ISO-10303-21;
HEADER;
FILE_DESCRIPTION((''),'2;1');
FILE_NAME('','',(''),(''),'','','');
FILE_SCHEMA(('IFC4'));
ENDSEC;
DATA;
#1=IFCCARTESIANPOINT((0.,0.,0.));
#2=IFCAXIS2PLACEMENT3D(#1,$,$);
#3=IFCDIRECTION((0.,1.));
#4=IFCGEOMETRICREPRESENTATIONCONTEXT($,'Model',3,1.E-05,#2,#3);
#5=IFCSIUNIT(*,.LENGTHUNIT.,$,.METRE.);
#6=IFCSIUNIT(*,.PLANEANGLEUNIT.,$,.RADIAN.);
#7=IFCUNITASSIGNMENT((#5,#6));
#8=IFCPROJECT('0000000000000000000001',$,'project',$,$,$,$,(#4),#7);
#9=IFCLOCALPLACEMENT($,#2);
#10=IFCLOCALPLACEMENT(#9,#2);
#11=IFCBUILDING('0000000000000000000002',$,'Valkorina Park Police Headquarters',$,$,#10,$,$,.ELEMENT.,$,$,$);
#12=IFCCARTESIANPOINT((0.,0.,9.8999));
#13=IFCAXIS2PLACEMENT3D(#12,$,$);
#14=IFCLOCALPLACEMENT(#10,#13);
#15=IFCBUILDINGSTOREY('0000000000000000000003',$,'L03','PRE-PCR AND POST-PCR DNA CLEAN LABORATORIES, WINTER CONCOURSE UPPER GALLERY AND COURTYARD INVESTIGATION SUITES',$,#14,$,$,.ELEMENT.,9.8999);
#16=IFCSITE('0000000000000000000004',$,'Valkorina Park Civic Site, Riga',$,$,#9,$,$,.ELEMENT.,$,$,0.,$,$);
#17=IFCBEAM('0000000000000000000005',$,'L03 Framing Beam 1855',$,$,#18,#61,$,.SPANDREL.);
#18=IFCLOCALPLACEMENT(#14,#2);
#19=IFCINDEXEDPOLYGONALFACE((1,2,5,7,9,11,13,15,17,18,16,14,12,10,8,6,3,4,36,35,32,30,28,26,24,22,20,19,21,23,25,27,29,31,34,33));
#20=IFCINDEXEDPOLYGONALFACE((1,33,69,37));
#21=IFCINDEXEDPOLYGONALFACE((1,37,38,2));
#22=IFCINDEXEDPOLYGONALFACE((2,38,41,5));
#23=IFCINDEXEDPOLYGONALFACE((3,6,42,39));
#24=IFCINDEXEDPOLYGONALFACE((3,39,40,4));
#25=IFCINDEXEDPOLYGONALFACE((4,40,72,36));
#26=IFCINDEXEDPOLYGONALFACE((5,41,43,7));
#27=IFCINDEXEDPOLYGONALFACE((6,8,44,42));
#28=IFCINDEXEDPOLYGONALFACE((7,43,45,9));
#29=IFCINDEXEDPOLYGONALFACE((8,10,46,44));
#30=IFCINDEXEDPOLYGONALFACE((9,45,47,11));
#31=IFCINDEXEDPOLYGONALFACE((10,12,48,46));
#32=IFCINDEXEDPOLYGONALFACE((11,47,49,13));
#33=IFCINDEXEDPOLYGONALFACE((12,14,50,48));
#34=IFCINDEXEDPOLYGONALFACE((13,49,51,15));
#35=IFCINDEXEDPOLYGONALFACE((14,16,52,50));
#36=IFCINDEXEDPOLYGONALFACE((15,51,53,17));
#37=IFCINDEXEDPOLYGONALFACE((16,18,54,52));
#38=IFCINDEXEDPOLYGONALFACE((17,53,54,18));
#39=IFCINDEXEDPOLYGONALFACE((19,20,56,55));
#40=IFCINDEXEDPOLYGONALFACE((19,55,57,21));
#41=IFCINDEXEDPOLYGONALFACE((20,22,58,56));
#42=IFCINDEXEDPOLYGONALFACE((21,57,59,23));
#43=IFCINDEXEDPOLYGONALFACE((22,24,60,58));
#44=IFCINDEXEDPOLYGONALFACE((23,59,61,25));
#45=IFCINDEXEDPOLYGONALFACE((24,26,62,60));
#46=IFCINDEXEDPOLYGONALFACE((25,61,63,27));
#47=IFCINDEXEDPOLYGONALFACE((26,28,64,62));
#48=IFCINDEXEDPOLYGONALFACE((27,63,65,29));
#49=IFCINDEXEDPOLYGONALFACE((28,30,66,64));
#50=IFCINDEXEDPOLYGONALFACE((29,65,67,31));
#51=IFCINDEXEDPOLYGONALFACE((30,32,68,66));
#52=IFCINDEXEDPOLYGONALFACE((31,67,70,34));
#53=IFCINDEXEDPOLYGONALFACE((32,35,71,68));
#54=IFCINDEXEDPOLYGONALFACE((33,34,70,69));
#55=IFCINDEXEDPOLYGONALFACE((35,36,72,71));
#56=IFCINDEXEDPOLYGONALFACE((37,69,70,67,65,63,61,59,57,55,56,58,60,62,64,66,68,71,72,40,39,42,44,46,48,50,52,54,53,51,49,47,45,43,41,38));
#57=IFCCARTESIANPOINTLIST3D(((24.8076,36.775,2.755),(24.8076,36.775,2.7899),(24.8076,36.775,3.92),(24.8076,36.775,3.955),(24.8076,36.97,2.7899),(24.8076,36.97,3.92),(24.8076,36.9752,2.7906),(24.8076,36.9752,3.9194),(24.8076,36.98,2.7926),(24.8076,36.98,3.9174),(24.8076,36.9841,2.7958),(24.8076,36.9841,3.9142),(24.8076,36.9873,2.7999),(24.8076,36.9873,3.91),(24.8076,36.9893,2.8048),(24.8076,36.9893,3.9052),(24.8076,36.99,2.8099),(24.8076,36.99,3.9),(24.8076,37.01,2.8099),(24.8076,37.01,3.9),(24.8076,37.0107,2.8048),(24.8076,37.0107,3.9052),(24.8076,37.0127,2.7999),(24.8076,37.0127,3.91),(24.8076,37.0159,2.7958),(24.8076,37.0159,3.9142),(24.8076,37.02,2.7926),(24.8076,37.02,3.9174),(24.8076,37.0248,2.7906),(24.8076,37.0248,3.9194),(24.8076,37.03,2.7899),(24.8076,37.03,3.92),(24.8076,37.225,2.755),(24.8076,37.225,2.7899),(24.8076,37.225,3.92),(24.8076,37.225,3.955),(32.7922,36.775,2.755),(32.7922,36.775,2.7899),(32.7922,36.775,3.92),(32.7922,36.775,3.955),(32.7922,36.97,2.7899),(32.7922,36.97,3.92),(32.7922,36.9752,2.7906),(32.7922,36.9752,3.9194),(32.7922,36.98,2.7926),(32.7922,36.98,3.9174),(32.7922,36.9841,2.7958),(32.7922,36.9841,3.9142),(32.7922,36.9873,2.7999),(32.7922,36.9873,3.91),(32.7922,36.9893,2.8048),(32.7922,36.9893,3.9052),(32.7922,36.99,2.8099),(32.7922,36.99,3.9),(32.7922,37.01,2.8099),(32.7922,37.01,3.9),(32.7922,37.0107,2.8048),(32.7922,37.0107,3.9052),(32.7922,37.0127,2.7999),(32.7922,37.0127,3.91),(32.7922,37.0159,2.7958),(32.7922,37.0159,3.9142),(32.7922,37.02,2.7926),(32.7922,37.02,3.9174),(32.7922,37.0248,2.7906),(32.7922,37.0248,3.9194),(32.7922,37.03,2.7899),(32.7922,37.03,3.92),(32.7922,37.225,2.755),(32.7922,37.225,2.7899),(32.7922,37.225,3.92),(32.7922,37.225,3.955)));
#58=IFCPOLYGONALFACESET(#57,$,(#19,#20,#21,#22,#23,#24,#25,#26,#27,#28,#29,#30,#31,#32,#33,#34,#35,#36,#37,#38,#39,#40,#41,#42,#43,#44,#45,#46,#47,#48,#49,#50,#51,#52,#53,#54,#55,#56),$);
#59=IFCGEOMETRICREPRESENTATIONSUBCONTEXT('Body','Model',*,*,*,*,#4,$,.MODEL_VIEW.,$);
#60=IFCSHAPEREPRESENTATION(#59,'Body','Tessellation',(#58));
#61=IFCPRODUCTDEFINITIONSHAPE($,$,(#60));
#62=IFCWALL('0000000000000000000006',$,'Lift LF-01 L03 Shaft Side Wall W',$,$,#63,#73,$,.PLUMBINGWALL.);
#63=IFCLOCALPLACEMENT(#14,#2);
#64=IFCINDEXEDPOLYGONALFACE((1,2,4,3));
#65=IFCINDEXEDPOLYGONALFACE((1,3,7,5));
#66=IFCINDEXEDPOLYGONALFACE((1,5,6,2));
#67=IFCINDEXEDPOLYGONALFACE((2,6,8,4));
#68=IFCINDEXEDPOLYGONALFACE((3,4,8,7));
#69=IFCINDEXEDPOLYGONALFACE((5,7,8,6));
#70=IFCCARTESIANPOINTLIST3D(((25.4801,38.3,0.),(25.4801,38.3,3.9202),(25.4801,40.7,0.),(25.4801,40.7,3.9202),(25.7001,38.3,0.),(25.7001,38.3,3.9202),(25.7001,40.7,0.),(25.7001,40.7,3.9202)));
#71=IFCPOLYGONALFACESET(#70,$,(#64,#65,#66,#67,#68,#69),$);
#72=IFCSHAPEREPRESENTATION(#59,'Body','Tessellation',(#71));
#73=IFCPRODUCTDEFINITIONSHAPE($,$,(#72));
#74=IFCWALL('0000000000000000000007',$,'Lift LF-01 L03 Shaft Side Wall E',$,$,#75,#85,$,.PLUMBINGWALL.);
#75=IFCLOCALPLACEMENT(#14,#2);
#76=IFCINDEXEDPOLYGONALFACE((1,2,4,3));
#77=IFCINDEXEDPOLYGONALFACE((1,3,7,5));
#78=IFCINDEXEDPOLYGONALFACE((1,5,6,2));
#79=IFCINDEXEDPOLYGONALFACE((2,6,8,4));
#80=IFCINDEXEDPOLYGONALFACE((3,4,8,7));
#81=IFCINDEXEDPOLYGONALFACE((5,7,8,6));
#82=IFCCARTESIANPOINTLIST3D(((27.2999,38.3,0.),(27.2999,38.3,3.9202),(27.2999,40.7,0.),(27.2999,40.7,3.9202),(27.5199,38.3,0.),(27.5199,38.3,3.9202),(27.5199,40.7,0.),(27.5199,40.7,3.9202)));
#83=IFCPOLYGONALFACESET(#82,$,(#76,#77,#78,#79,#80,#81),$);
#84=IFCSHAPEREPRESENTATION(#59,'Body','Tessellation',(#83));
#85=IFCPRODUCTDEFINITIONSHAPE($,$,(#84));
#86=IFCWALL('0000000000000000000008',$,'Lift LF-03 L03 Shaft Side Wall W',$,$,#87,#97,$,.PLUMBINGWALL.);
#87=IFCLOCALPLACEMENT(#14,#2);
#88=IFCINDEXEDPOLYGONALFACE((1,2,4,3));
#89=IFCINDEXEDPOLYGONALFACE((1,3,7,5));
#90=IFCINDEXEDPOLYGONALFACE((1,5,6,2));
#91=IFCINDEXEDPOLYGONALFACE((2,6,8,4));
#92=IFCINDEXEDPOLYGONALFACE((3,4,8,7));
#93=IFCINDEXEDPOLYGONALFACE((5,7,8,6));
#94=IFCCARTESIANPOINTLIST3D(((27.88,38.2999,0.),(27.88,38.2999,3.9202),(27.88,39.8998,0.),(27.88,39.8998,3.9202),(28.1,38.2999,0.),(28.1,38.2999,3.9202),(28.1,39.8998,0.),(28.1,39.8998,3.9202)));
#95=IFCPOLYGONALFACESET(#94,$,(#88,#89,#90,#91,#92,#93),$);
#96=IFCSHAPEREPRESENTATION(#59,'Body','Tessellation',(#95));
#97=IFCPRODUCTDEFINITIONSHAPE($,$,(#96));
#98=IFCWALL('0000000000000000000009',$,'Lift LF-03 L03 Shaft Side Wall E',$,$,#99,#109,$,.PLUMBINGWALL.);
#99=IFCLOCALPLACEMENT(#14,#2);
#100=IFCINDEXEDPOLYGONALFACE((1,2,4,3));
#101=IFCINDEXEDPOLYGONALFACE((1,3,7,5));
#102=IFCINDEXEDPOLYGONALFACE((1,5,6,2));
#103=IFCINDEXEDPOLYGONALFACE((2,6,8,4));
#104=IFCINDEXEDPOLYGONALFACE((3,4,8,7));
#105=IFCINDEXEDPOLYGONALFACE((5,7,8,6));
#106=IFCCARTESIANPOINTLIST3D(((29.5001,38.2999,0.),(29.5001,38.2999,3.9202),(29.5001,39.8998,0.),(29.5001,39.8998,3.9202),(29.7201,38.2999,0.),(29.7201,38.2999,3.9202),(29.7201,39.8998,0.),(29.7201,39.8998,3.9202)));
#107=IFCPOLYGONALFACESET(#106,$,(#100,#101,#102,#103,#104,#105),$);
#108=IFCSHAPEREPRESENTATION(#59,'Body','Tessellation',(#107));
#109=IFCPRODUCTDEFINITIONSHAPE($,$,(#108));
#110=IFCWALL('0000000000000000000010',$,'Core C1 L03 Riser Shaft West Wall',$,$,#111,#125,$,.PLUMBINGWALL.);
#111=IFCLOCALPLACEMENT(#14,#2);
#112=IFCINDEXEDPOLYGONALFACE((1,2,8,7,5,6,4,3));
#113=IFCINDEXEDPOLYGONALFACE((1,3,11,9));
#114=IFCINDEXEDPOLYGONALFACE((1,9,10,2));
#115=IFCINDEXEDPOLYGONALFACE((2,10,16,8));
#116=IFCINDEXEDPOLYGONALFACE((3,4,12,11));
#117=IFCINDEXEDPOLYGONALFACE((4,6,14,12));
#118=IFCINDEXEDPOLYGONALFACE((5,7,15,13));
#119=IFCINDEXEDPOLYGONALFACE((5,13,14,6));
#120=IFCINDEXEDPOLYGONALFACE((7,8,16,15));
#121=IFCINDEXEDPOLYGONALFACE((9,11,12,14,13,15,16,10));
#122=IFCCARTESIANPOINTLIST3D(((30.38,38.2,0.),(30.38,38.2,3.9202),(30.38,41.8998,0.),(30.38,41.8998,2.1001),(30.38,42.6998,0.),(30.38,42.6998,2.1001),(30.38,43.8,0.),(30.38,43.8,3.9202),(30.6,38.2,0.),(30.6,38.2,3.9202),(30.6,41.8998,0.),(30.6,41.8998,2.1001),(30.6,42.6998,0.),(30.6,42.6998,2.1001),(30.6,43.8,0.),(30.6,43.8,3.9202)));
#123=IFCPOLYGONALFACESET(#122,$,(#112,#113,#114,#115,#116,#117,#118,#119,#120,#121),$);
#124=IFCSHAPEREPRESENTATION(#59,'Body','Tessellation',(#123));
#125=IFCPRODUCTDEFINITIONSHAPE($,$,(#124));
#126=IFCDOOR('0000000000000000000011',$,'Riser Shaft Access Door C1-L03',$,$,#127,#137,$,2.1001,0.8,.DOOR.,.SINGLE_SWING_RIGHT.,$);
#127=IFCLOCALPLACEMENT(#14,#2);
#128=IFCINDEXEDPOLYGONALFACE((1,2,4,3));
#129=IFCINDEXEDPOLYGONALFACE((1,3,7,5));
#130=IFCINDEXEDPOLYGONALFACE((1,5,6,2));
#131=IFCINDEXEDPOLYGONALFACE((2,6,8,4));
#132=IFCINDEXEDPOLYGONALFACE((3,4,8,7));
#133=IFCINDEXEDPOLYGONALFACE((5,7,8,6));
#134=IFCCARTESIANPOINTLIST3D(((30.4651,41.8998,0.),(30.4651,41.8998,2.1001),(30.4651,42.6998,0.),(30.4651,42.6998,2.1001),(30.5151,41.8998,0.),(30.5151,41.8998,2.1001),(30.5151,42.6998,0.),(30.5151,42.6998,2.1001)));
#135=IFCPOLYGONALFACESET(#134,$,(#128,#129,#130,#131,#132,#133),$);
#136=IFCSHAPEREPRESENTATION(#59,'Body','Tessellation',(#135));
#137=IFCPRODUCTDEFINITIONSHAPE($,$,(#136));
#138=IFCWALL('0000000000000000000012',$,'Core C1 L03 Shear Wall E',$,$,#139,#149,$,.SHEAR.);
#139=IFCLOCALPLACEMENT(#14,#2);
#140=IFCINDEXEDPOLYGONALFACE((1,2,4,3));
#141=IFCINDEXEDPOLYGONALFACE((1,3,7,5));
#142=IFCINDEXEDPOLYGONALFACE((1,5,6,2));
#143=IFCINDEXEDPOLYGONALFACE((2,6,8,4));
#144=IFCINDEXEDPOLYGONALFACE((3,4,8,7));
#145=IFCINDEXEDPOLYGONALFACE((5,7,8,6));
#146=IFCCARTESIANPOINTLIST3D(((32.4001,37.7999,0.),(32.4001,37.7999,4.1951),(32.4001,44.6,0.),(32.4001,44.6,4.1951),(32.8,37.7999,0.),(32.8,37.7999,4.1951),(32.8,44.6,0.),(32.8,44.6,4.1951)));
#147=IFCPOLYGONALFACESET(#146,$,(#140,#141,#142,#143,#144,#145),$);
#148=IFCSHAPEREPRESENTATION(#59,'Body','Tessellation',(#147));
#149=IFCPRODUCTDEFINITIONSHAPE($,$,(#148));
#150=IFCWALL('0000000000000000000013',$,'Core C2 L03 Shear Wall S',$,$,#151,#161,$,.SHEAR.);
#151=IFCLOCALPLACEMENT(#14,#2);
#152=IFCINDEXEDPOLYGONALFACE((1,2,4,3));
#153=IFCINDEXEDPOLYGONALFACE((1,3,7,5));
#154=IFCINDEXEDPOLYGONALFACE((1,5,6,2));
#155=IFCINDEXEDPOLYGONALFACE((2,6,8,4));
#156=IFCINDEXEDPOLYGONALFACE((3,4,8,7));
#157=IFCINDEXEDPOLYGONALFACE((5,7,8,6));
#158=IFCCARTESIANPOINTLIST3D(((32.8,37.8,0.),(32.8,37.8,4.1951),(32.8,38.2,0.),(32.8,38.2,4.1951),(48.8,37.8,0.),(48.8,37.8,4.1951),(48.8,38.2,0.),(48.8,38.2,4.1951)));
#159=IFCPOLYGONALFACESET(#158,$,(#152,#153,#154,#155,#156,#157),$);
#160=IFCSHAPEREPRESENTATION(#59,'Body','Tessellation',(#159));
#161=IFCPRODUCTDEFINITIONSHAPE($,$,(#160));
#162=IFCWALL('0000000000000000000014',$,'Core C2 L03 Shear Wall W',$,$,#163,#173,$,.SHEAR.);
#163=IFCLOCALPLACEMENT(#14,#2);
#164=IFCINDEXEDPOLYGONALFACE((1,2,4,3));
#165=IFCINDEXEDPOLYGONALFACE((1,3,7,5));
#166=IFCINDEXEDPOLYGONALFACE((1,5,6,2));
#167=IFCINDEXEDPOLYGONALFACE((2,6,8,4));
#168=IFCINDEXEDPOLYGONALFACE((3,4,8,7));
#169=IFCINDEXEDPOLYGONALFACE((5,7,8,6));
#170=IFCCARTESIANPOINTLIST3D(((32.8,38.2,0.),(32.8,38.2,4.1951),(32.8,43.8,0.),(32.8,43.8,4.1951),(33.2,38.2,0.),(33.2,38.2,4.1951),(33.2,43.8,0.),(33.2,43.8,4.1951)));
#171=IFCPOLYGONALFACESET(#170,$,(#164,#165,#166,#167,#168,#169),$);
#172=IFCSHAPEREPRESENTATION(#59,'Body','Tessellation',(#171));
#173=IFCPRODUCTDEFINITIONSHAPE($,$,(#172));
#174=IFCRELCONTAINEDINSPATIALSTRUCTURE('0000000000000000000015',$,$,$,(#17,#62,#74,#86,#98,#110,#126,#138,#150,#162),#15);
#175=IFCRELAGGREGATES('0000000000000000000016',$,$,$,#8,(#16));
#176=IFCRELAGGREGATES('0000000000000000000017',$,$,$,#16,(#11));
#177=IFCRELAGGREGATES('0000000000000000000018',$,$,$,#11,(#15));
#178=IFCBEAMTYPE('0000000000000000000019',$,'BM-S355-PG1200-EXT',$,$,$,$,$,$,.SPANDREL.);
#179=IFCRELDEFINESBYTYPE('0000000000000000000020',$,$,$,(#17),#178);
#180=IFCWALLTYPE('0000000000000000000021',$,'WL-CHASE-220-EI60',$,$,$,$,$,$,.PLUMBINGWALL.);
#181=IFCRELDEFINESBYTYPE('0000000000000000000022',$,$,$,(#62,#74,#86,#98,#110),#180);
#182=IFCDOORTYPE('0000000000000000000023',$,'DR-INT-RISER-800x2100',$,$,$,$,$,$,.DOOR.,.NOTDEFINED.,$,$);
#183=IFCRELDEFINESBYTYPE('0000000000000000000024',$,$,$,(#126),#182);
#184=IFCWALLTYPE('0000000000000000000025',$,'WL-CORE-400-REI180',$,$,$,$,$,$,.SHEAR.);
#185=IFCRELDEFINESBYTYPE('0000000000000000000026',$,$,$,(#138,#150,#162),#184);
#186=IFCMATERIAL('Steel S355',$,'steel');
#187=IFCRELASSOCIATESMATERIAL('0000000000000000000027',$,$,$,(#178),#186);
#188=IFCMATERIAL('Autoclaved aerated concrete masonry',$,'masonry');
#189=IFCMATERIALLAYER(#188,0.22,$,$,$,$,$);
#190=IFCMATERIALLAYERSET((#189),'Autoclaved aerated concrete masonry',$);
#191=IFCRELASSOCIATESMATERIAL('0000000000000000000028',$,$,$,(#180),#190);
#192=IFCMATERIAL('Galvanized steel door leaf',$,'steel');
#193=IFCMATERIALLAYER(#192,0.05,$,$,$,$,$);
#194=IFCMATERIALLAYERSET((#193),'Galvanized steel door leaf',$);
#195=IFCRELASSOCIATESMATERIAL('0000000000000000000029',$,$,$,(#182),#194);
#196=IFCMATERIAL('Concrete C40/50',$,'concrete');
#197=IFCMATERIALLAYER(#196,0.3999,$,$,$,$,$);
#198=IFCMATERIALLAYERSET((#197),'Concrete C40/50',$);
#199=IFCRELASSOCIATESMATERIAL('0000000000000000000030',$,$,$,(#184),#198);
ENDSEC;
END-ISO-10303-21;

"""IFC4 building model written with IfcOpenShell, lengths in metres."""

from ifc_helpers import new_model, si_unit, direction, frame, frame_2d, origin, origin_2d, place, context, subcontext, project, spatial, rectangle, i_section, extrude, material, layer, layer_set, material_profile, profile_set, type_object, element, fill, save


model = new_model("IFC4")

# Units and contexts
model_context = context("Model", 3, precision=1e-05, world=origin(), true_north=direction((0.0, 1.0)))
body_context = subcontext(model_context, "Body", "Model", "MODEL_VIEW")
ifc_project = project(units=[si_unit("LENGTHUNIT", "METRE"), si_unit("PLANEANGLEUNIT", "RADIAN")], contexts=[model_context])

# Site, building, storey
site_placement = place(None, origin())
site = spatial("IfcSite", under=ifc_project, at=site_placement, Name="Valkorina Park Civic Site, Riga", CompositionType="ELEMENT", RefElevation=0.0)
building_placement = place(site_placement, origin())
building = spatial("IfcBuilding", under=site, at=building_placement, Name="Valkorina Park Police Headquarters", CompositionType="ELEMENT")
storey_placement = place(building_placement, frame((0.0, 0.0, 9.8999)))
storey = spatial("IfcBuildingStorey", under=building, at=storey_placement, Name="L03", Description="PRE-PCR AND POST-PCR DNA CLEAN LABORATORIES, WINTER CONCOURSE UPPER GALLERY AND COURTYARD INVESTIGATION SUITES", CompositionType="ELEMENT", Elevation=9.8999)

# Shared definitions
ifc_material_1 = material(Name="Steel S355", Category="steel")

# Beam
ifc_material_profile_1 = material_profile(ifc_material_1, i_section(OverallWidth=0.45, OverallDepth=1.2, WebThickness=0.02, FlangeThickness=0.0349, FilletRadius=0.02, at=origin_2d()), Name="PG 1200x450")
ifc_profile_set_1 = profile_set([ifc_material_profile_1], Name="Steel S355")
beam_type_1 = type_object("IfcBeamType", Name="BM-S355-PG1200-EXT", PredefinedType="SPANDREL", material=ifc_profile_set_1)
beam_1_placement = place(storey_placement, frame((24.8076, 37.0, 3.355), z_axis=(1.0, 0.0, 0.0), x_axis=(0.0, 1.0, 0.0)))
element("IfcBeam", 1, at=beam_1_placement, inside=storey, type_object=beam_type_1, Name="L03 Framing Beam 1855", PredefinedType="SPANDREL", context=body_context, shape_type="SweptSolid", body=[
    extrude(i_section(OverallWidth=0.45, OverallDepth=1.2, WebThickness=0.02, FlangeThickness=0.0349, FilletRadius=0.02, at=origin_2d()), origin(), (0.0, 0.0, 1.0), 7.9846),
])

# Walls
ifc_material_2 = material(Name="Autoclaved aerated concrete masonry", Category="masonry")
ifc_layer_1 = layer(ifc_material_2, 0.22)
ifc_layer_set_1 = layer_set([ifc_layer_1], Name="Autoclaved aerated concrete masonry")
wall_type_1 = type_object("IfcWallType", Name="WL-CHASE-220-EI60", PredefinedType="PLUMBINGWALL", material=ifc_layer_set_1)
for number, where, z_axis, x_axis, name in (
    (2, (25.5901, 38.3, 0.0), (0.0, 0.0, 1.0), (0.0, 1.0, 0.0), "Lift LF-01 L03 Shaft Side Wall W"),
    (3, (27.4099, 38.3, 0.0), (0.0, 0.0, 1.0), (0.0, 1.0, 0.0), "Lift LF-01 L03 Shaft Side Wall E"),
):
    element("IfcWall", number, at=place(storey_placement, frame(where, z_axis=z_axis, x_axis=x_axis)), inside=storey, type_object=wall_type_1, Name=name, PredefinedType="PLUMBINGWALL", context=body_context, shape_type="SweptSolid", body=[
        extrude(rectangle(XDim=2.3999, YDim=0.22, at=frame_2d((1.2, 0.0))), origin(), (0.0, 0.0, 1.0), 3.9202),
    ])
for number, where, z_axis, x_axis, name in (
    (4, (27.99, 38.3, 0.0), (0.0, 0.0, 1.0), (0.0, 1.0, 0.0), "Lift LF-03 L03 Shaft Side Wall W"),
    (5, (29.6101, 38.3, 0.0), (0.0, 0.0, 1.0), (0.0, 1.0, 0.0), "Lift LF-03 L03 Shaft Side Wall E"),
):
    element("IfcWall", number, at=place(storey_placement, frame(where, z_axis=z_axis, x_axis=x_axis)), inside=storey, type_object=wall_type_1, Name=name, PredefinedType="PLUMBINGWALL", context=body_context, shape_type="SweptSolid", body=[
        extrude(rectangle(XDim=1.5999, YDim=0.22, at=frame_2d((0.7998, 0.0))), origin(), (0.0, 0.0, 1.0), 3.9202),
    ])

# Wall, opening, door
wall_1_placement = place(storey_placement, frame((30.49, 38.2, 0.0), z_axis=(0.0, 0.0, 1.0), x_axis=(0.0, 1.0, 0.0)))
wall_1 = element("IfcWall", 6, at=wall_1_placement, inside=storey, type_object=wall_type_1, Name="Core C1 L03 Riser Shaft West Wall", PredefinedType="PLUMBINGWALL", context=body_context, shape_type="SweptSolid", body=[
    extrude(rectangle(XDim=5.6001, YDim=0.22, at=frame_2d((2.8, 0.0))), origin(), (0.0, 0.0, 1.0), 3.9202),
])
opening_1_placement = place(wall_1_placement, frame((3.7, 0.0, 0.0)))
opening_1 = element("IfcOpeningElement", 7, at=opening_1_placement, cuts=wall_1, PredefinedType="OPENING", context=body_context, shape_type="SweptSolid", body=[
    extrude(rectangle(XDim=0.8, YDim=2.1001, at=frame_2d((0.3999, 1.05))), frame((0.0, 0.1201, 0.0), z_axis=(0.0, -1.0, 0.0), x_axis=(1.0, 0.0, 0.0)), (0.0, 0.0, 1.0), 0.24),
])
ifc_material_3 = material(Name="Galvanized steel door leaf", Category="steel")
ifc_layer_2 = layer(ifc_material_3, 0.05)
ifc_layer_set_2 = layer_set([ifc_layer_2], Name="Galvanized steel door leaf")
door_type = type_object("IfcDoorType", Name="DR-INT-RISER-800x2100", OperationType="NOTDEFINED", PredefinedType="DOOR", material=ifc_layer_set_2)
door_placement = place(opening_1_placement, origin())
door = element("IfcDoor", 8, at=door_placement, inside=storey, type_object=door_type, Name="Riser Shaft Access Door C1-L03", OperationType="SINGLE_SWING_RIGHT", OverallHeight=2.1001, OverallWidth=0.8, PredefinedType="DOOR", context=body_context, shape_type="SweptSolid", body=[
    extrude(rectangle(XDim=0.8, YDim=2.1001, at=frame_2d((0.3999, 1.05))), frame((0.0, 0.0249, 0.0), z_axis=(0.0, -1.0, 0.0), x_axis=(1.0, 0.0, 0.0)), (0.0, 0.0, 1.0), 0.05),
])
fill(opening_1, door)

# Walls
ifc_material_4 = material(Name="Concrete C40/50", Category="concrete")
ifc_layer_3 = layer(ifc_material_4, 0.3999)
ifc_layer_set_3 = layer_set([ifc_layer_3], Name="Concrete C40/50")
wall_type_2 = type_object("IfcWallType", Name="WL-CORE-400-REI180", PredefinedType="SHEAR", material=ifc_layer_set_3)
wall_2_placement = place(storey_placement, frame((32.6001, 37.8, 0.0), z_axis=(0.0, 0.0, 1.0), x_axis=(0.0, 1.0, 0.0)))
element("IfcWall", 9, at=wall_2_placement, inside=storey, type_object=wall_type_2, Name="Core C1 L03 Shear Wall E", PredefinedType="SHEAR", context=body_context, shape_type="SweptSolid", body=[
    extrude(rectangle(XDim=6.8, YDim=0.3999, at=frame_2d((3.3999, 0.0))), origin(), (0.0, 0.0, 1.0), 4.1951),
])
wall_3_placement = place(storey_placement, frame((32.8, 38.0, 0.0), z_axis=(0.0, 0.0, 1.0), x_axis=(1.0, 0.0, 0.0)))
element("IfcWall", 10, at=wall_3_placement, inside=storey, type_object=wall_type_2, Name="Core C2 L03 Shear Wall S", PredefinedType="SHEAR", context=body_context, shape_type="SweptSolid", body=[
    extrude(rectangle(XDim=16.0, YDim=0.3999, at=frame_2d((8.0, 0.0))), origin(), (0.0, 0.0, 1.0), 4.1951),
])
wall_4_placement = place(storey_placement, frame((33.0, 38.2, 0.0), z_axis=(0.0, 0.0, 1.0), x_axis=(0.0, 1.0, 0.0)))
element("IfcWall", 11, at=wall_4_placement, inside=storey, type_object=wall_type_2, Name="Core C2 L03 Shear Wall W", PredefinedType="SHEAR", context=body_context, shape_type="SweptSolid", body=[
    extrude(rectangle(XDim=5.6001, YDim=0.3999, at=frame_2d((2.8, 0.0))), origin(), (0.0, 0.0, 1.0), 4.1951),
])

save(model, "model.ifc")
